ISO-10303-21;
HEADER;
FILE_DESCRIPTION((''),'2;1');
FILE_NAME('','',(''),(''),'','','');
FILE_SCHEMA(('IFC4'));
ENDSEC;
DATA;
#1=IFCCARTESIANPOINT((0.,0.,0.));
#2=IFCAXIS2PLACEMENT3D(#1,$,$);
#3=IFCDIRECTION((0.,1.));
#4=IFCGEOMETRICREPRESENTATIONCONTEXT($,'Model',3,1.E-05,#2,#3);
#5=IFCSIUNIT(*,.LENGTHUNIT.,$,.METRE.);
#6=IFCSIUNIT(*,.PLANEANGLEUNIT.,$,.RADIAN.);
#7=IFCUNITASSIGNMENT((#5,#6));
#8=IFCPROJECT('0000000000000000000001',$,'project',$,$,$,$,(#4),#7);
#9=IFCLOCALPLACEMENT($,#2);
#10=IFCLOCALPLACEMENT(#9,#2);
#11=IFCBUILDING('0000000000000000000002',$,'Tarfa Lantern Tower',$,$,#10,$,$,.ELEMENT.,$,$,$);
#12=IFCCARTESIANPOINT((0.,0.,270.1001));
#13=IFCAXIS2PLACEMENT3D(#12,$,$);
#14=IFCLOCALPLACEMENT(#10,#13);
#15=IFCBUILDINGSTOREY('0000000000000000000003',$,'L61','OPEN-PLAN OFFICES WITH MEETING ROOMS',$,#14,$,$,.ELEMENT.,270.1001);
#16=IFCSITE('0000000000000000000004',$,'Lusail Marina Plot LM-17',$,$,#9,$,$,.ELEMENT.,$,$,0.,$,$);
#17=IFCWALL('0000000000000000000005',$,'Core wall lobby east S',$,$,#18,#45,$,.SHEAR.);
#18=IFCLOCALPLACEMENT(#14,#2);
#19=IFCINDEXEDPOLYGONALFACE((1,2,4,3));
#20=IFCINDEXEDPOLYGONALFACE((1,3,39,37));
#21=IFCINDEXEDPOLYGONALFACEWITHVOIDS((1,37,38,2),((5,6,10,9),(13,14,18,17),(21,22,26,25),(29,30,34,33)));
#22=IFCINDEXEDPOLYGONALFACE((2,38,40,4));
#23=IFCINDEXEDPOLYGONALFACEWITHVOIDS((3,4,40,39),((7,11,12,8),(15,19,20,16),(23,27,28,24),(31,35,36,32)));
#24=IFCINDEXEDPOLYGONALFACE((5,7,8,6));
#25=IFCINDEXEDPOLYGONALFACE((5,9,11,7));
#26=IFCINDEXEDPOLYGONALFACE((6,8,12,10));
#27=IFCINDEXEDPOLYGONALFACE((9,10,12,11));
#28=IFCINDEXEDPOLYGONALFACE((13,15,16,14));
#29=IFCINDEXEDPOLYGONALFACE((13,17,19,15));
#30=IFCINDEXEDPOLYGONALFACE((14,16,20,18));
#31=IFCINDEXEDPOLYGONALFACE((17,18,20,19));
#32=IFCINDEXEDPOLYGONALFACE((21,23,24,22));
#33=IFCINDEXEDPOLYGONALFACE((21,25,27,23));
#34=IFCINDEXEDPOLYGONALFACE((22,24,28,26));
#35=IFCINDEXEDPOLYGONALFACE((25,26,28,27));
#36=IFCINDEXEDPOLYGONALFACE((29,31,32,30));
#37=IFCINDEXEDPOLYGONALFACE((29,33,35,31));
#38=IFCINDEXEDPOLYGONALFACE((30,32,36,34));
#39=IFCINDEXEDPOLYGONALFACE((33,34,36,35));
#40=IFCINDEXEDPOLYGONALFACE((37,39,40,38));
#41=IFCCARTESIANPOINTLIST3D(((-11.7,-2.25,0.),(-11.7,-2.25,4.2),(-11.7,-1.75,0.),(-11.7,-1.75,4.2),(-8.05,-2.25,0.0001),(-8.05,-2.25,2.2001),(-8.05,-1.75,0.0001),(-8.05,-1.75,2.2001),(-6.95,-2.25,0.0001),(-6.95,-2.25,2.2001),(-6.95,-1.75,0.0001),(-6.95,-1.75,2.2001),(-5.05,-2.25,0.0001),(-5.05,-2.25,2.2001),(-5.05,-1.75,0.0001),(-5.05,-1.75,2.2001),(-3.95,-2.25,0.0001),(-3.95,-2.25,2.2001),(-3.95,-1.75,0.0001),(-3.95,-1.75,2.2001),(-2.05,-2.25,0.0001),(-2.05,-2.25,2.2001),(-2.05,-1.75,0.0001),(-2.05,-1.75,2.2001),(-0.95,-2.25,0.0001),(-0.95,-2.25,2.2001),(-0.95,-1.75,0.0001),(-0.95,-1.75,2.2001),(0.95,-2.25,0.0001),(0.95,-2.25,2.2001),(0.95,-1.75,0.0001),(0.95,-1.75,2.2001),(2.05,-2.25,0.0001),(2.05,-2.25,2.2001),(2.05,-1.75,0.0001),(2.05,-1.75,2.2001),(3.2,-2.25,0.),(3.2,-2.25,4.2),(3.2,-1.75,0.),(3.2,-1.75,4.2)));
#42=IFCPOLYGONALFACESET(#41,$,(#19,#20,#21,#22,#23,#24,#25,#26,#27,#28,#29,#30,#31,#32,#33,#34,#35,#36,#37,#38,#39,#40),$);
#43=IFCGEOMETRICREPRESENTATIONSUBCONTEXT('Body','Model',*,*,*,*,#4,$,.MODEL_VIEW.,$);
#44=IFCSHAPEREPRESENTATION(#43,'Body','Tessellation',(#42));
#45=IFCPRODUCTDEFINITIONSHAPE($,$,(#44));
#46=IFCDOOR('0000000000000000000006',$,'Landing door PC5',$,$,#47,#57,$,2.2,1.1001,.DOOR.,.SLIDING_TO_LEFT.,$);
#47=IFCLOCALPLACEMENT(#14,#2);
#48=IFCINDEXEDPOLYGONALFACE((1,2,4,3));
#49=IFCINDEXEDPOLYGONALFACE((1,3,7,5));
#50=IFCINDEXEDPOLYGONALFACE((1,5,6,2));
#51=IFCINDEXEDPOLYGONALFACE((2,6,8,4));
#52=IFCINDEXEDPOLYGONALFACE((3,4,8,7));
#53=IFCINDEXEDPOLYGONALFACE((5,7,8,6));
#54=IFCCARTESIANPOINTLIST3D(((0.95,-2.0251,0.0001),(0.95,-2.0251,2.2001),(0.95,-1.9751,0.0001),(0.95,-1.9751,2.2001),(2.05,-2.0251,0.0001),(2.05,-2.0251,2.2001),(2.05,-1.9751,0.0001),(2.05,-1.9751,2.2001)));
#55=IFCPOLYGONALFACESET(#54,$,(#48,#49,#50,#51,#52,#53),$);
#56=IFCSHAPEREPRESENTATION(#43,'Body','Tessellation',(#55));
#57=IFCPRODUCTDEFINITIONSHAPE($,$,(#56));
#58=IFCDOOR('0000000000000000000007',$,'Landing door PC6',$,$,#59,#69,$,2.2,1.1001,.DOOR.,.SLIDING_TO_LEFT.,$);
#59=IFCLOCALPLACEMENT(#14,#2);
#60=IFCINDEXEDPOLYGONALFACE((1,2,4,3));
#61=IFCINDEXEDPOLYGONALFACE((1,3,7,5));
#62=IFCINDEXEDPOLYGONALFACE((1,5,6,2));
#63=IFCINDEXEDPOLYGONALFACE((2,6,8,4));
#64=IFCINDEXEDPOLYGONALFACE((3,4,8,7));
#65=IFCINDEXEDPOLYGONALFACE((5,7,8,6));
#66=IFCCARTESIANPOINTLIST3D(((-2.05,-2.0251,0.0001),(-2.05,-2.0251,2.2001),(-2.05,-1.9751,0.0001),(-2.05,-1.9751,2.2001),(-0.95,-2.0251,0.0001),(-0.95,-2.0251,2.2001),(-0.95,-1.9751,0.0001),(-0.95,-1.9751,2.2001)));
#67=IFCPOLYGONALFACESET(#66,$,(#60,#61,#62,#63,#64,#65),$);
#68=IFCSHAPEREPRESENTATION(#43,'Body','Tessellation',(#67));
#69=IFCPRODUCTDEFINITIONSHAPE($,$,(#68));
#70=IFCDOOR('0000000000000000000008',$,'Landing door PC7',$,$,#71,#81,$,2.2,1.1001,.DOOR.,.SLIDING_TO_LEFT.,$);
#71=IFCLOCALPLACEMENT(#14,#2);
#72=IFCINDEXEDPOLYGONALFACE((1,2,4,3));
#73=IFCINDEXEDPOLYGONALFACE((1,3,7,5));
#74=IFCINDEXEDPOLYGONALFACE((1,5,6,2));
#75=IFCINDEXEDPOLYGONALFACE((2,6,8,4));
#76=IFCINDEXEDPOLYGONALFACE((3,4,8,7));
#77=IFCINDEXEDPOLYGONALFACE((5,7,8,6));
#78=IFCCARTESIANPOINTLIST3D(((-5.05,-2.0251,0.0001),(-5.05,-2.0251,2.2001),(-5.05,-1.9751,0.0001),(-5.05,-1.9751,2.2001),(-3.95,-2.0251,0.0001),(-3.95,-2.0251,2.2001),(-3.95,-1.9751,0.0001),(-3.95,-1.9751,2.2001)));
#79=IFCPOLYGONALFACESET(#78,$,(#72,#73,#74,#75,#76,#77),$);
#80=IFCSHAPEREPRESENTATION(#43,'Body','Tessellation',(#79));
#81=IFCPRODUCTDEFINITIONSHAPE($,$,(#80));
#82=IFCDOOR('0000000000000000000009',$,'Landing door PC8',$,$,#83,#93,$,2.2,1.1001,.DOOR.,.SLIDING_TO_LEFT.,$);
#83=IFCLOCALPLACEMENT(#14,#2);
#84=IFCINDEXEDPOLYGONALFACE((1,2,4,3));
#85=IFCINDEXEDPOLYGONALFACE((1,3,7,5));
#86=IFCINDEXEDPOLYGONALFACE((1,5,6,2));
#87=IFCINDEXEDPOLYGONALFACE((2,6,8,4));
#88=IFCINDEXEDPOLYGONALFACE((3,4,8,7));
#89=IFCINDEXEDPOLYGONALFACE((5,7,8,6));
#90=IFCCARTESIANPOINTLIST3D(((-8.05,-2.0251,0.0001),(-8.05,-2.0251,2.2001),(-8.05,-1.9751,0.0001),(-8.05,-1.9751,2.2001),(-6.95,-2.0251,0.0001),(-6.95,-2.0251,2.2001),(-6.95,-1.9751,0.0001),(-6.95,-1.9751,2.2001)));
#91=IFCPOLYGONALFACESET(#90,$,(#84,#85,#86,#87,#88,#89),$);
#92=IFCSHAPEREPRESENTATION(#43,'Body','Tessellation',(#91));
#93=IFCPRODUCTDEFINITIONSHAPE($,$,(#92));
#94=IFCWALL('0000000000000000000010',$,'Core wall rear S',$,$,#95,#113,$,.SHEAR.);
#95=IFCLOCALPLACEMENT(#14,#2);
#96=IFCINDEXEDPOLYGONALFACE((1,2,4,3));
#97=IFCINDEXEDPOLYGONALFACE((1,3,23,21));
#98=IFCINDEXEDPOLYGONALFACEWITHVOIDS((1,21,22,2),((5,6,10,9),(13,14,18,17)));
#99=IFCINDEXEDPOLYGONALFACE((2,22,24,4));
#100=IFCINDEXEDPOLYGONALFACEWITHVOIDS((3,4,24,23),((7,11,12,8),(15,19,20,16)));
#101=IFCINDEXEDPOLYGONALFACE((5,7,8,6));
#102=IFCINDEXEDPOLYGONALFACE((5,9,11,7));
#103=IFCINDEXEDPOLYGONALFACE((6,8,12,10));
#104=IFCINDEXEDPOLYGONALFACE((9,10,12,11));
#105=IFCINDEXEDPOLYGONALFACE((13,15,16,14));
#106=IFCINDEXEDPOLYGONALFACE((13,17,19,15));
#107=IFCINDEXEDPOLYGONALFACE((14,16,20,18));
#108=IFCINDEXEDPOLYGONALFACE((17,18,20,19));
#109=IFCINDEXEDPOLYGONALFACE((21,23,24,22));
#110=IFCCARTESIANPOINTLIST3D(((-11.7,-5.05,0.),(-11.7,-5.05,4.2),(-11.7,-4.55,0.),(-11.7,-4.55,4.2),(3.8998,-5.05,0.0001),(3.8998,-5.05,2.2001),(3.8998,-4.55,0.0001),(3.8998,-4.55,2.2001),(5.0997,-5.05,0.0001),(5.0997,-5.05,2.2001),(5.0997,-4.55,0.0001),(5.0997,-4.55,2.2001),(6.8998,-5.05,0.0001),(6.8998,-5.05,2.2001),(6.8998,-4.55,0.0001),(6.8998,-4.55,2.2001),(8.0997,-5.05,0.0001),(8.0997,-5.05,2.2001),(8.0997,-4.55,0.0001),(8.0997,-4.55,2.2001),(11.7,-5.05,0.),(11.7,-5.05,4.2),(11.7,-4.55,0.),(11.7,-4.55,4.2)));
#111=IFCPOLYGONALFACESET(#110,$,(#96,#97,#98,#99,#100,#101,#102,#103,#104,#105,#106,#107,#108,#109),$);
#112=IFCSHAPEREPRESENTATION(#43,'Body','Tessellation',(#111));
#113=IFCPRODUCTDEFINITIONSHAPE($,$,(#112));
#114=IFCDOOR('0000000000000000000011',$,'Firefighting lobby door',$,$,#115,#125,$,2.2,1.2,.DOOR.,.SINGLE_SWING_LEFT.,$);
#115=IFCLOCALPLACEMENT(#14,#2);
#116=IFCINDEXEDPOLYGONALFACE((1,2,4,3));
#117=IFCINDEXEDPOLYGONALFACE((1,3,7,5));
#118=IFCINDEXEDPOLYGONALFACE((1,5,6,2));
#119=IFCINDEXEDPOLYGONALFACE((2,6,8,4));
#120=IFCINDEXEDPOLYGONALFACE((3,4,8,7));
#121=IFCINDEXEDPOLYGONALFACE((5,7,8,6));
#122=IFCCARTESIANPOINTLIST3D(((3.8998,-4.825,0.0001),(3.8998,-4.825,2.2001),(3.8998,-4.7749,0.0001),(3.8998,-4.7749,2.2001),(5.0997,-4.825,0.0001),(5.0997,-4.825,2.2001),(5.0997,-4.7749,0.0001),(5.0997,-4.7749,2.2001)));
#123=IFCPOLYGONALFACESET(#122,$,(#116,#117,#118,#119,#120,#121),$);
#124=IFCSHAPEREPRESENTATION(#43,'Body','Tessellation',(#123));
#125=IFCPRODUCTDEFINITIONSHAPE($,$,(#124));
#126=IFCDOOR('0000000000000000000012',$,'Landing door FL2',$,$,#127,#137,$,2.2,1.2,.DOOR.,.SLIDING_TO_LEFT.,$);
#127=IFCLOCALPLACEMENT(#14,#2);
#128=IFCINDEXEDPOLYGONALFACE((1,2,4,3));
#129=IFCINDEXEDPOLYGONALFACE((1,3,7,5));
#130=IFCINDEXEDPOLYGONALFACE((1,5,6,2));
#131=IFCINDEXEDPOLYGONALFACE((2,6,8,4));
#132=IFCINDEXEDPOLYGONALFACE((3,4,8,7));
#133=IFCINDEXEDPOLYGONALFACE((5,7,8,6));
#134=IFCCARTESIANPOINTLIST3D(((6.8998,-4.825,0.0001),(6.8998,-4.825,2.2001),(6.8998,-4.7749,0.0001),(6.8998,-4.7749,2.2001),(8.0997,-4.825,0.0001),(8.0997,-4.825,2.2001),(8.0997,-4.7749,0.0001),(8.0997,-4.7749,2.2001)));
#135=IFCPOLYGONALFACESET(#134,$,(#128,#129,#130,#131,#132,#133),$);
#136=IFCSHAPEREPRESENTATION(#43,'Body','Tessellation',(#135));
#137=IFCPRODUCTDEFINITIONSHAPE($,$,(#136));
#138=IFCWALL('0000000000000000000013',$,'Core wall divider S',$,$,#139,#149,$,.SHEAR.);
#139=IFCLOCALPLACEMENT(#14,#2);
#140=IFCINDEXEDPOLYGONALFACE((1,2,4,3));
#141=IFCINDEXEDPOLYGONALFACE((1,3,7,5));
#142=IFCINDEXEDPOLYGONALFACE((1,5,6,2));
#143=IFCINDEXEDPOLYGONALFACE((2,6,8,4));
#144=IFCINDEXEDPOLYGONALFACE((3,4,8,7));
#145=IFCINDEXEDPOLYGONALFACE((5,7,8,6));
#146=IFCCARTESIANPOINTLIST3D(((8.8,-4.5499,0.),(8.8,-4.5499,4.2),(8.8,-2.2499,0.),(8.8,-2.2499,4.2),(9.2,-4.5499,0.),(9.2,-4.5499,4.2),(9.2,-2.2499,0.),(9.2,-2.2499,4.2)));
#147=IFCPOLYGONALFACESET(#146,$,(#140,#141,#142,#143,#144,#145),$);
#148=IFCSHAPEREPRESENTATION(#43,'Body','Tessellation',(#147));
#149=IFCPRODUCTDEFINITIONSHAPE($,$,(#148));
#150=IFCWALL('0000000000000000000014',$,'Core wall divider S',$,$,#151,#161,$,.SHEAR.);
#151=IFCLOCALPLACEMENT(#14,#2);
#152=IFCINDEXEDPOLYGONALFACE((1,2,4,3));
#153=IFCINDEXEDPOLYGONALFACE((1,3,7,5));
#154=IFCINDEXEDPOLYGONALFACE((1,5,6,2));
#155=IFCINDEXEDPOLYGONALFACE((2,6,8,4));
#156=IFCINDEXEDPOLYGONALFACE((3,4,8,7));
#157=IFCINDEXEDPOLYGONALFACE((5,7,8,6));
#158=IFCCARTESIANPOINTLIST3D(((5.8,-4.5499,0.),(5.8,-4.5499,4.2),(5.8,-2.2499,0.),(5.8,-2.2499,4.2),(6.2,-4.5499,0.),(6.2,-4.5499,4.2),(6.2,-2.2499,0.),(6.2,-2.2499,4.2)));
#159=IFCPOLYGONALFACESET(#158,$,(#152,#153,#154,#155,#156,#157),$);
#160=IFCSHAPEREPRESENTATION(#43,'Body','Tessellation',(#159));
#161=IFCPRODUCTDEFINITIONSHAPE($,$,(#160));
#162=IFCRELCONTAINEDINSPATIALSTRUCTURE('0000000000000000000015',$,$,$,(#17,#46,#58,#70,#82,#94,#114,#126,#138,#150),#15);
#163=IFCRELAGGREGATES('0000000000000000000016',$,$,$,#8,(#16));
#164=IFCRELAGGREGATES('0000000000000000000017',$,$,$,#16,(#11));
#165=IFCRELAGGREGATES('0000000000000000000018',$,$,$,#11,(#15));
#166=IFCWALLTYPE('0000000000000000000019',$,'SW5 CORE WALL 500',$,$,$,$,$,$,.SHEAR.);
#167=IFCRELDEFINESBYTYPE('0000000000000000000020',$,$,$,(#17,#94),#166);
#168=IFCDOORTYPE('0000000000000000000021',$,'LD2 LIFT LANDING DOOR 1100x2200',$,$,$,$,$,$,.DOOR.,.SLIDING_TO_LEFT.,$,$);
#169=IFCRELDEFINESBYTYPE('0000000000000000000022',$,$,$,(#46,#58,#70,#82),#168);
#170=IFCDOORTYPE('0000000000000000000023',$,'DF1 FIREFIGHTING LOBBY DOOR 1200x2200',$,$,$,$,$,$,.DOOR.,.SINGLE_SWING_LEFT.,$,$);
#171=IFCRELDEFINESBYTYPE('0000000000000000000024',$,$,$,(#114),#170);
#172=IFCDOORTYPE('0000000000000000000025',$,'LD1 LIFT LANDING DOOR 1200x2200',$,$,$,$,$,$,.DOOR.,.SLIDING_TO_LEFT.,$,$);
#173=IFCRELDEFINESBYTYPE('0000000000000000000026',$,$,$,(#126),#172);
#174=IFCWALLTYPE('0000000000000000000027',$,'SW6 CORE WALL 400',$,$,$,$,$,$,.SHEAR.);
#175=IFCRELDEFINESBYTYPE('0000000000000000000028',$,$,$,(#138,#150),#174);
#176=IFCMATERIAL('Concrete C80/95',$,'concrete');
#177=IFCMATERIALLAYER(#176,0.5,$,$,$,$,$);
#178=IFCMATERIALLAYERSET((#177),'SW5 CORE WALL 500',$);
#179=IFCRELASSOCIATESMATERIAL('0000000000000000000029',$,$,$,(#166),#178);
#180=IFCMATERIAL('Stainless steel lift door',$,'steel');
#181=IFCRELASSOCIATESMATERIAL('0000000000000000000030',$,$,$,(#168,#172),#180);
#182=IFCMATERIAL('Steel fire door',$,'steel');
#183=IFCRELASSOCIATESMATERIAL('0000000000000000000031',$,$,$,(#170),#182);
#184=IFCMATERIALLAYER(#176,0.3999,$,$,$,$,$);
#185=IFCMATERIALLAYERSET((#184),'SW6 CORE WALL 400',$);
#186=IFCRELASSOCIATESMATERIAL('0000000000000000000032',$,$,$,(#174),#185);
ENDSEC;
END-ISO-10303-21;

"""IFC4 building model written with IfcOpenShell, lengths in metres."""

from ifc_helpers import new_model, si_unit, direction, frame, frame_2d, origin, place, context, subcontext, project, spatial, rectangle, extrude, material, layer, layer_set, type_object, element, fill, save


model = new_model("IFC4")

# Units and contexts
model_context = context("Model", 3, precision=1e-05, world=origin(), true_north=direction((0.0, 1.0)))
body_context = subcontext(model_context, "Body", "Model", "MODEL_VIEW")
ifc_project = project(units=[si_unit("LENGTHUNIT", "METRE"), si_unit("PLANEANGLEUNIT", "RADIAN")], contexts=[model_context])

# Site, building, storey
site_placement = place(None, origin())
site = spatial("IfcSite", under=ifc_project, at=site_placement, Name="Lusail Marina Plot LM-17", CompositionType="ELEMENT", RefElevation=0.0)
building_placement = place(site_placement, origin())
building = spatial("IfcBuilding", under=site, at=building_placement, Name="Tarfa Lantern Tower", CompositionType="ELEMENT")
storey_placement = place(building_placement, frame((0.0, 0.0, 270.1001)))
storey = spatial("IfcBuildingStorey", under=building, at=storey_placement, Name="L61", Description="OPEN-PLAN OFFICES WITH MEETING ROOMS", CompositionType="ELEMENT", Elevation=270.1001)

# Shared definitions
ifc_material_1 = material(Name="Concrete C80/95", Category="concrete")

# Shared definitions
ifc_material_2 = material(Name="Steel fire door", Category="steel")

# Shared definitions
ifc_layer_1 = layer(ifc_material_1, 0.5)
ifc_layer_set_1 = layer_set([ifc_layer_1], Name="SW5 CORE WALL 500")
wall_type_1 = type_object("IfcWallType", Name="SW5 CORE WALL 500", PredefinedType="SHEAR", material=ifc_layer_set_1)

# Walls, openings, doors
wall_1_placement = place(storey_placement, frame((3.2, -2.0, 0.0), z_axis=(0.0, 0.0, 1.0), x_axis=(-1.0, 0.0, 0.0)))
wall_1 = element("IfcWall", 1, at=wall_1_placement, inside=storey, type_object=wall_type_1, Name="Core wall lobby east S", PredefinedType="SHEAR", context=body_context, shape_type="SweptSolid", body=[
    extrude(rectangle(XDim=14.8999, YDim=0.5, at=frame_2d((7.45, 0.0))), origin(), (0.0, 0.0, 1.0), 4.2),
])
opening_1_placement = place(wall_1_placement, frame((1.1499, 0.0, 0.0)))
opening_1 = element("IfcOpeningElement", 2, at=opening_1_placement, cuts=wall_1, PredefinedType="OPENING", context=body_context, shape_type="SweptSolid", body=[
    extrude(rectangle(XDim=1.1001, YDim=2.2, at=frame_2d((0.55, 1.1001))), frame((0.0, 0.26, 0.0), z_axis=(0.0, -1.0, 0.0), x_axis=(1.0, 0.0, 0.0)), (0.0, 0.0, 1.0), 0.52),
])
opening_2_placement = place(wall_1_placement, frame((4.1499, 0.0, 0.0)))
opening_2 = element("IfcOpeningElement", 3, at=opening_2_placement, cuts=wall_1, PredefinedType="OPENING", context=body_context, shape_type="SweptSolid", body=[
    extrude(rectangle(XDim=1.1001, YDim=2.2, at=frame_2d((0.55, 1.1001))), frame((0.0, 0.26, 0.0), z_axis=(0.0, -1.0, 0.0), x_axis=(1.0, 0.0, 0.0)), (0.0, 0.0, 1.0), 0.52),
])
opening_3_placement = place(wall_1_placement, frame((7.1499, 0.0, 0.0)))
opening_3 = element("IfcOpeningElement", 4, at=opening_3_placement, cuts=wall_1, PredefinedType="OPENING", context=body_context, shape_type="SweptSolid", body=[
    extrude(rectangle(XDim=1.1001, YDim=2.2, at=frame_2d((0.55, 1.1001))), frame((0.0, 0.26, 0.0), z_axis=(0.0, -1.0, 0.0), x_axis=(1.0, 0.0, 0.0)), (0.0, 0.0, 1.0), 0.52),
])
opening_4_placement = place(wall_1_placement, frame((10.1499, 0.0, 0.0)))
opening_4 = element("IfcOpeningElement", 5, at=opening_4_placement, cuts=wall_1, PredefinedType="OPENING", context=body_context, shape_type="SweptSolid", body=[
    extrude(rectangle(XDim=1.1001, YDim=2.2, at=frame_2d((0.55, 1.1001))), frame((0.0, 0.26, 0.0), z_axis=(0.0, -1.0, 0.0), x_axis=(1.0, 0.0, 0.0)), (0.0, 0.0, 1.0), 0.52),
])
ifc_material_3 = material(Name="Stainless steel lift door", Category="steel")
door_type_1 = type_object("IfcDoorType", Name="LD2 LIFT LANDING DOOR 1100x2200", OperationType="SLIDING_TO_LEFT", PredefinedType="DOOR", material=ifc_material_3)
door_1_placement = place(opening_1_placement, frame((1.1001, 0.0, 0.0), z_axis=(0.0, 0.0, 1.0), x_axis=(-1.0, 0.0, 0.0)))
door_1 = element("IfcDoor", 6, at=door_1_placement, inside=storey, type_object=door_type_1, Name="Landing door PC5", OperationType="SLIDING_TO_LEFT", OverallHeight=2.2, OverallWidth=1.1001, PredefinedType="DOOR", context=body_context, shape_type="SweptSolid", body=[
    extrude(rectangle(XDim=1.1001, YDim=2.2, at=frame_2d((0.55, 1.1001))), frame((0.0, 0.0249, 0.0), z_axis=(0.0, -1.0, 0.0), x_axis=(1.0, 0.0, 0.0)), (0.0, 0.0, 1.0), 0.05),
])
fill(opening_1, door_1)
door_2_placement = place(opening_2_placement, frame((1.1001, 0.0, 0.0), z_axis=(0.0, 0.0, 1.0), x_axis=(-1.0, 0.0, 0.0)))
door_2 = element("IfcDoor", 7, at=door_2_placement, inside=storey, type_object=door_type_1, Name="Landing door PC6", OperationType="SLIDING_TO_LEFT", OverallHeight=2.2, OverallWidth=1.1001, PredefinedType="DOOR", context=body_context, shape_type="SweptSolid", body=[
    extrude(rectangle(XDim=1.1001, YDim=2.2, at=frame_2d((0.55, 1.1001))), frame((0.0, 0.0249, 0.0), z_axis=(0.0, -1.0, 0.0), x_axis=(1.0, 0.0, 0.0)), (0.0, 0.0, 1.0), 0.05),
])
fill(opening_2, door_2)
door_3_placement = place(opening_3_placement, frame((1.1001, 0.0, 0.0), z_axis=(0.0, 0.0, 1.0), x_axis=(-1.0, 0.0, 0.0)))
door_3 = element("IfcDoor", 8, at=door_3_placement, inside=storey, type_object=door_type_1, Name="Landing door PC7", OperationType="SLIDING_TO_LEFT", OverallHeight=2.2, OverallWidth=1.1001, PredefinedType="DOOR", context=body_context, shape_type="SweptSolid", body=[
    extrude(rectangle(XDim=1.1001, YDim=2.2, at=frame_2d((0.55, 1.1001))), frame((0.0, 0.0249, 0.0), z_axis=(0.0, -1.0, 0.0), x_axis=(1.0, 0.0, 0.0)), (0.0, 0.0, 1.0), 0.05),
])
fill(opening_3, door_3)
door_4_placement = place(opening_4_placement, frame((1.1001, 0.0, 0.0), z_axis=(0.0, 0.0, 1.0), x_axis=(-1.0, 0.0, 0.0)))
door_4 = element("IfcDoor", 9, at=door_4_placement, inside=storey, type_object=door_type_1, Name="Landing door PC8", OperationType="SLIDING_TO_LEFT", OverallHeight=2.2, OverallWidth=1.1001, PredefinedType="DOOR", context=body_context, shape_type="SweptSolid", body=[
    extrude(rectangle(XDim=1.1001, YDim=2.2, at=frame_2d((0.55, 1.1001))), frame((0.0, 0.0249, 0.0), z_axis=(0.0, -1.0, 0.0), x_axis=(1.0, 0.0, 0.0)), (0.0, 0.0, 1.0), 0.05),
])
fill(opening_4, door_4)
wall_2_placement = place(storey_placement, frame((11.7, -4.8, 0.0), z_axis=(0.0, 0.0, 1.0), x_axis=(-1.0, 0.0, 0.0)))
wall_2 = element("IfcWall", 10, at=wall_2_placement, inside=storey, type_object=wall_type_1, Name="Core wall rear S", PredefinedType="SHEAR", context=body_context, shape_type="SweptSolid", body=[
    extrude(rectangle(XDim=23.3999, YDim=0.5, at=frame_2d((11.7, 0.0))), origin(), (0.0, 0.0, 1.0), 4.2),
])
opening_5_placement = place(wall_2_placement, frame((6.6001, 0.0, 0.0)))
opening_5 = element("IfcOpeningElement", 11, at=opening_5_placement, cuts=wall_2, PredefinedType="OPENING", context=body_context, shape_type="SweptSolid", body=[
    extrude(rectangle(XDim=1.2, YDim=2.2, at=frame_2d((0.6001, 1.1001))), frame((0.0, 0.26, 0.0), z_axis=(0.0, -1.0, 0.0), x_axis=(1.0, 0.0, 0.0)), (0.0, 0.0, 1.0), 0.52),
])
opening_6_placement = place(wall_2_placement, frame((3.6001, 0.0, 0.0)))
opening_6 = element("IfcOpeningElement", 12, at=opening_6_placement, cuts=wall_2, PredefinedType="OPENING", context=body_context, shape_type="SweptSolid", body=[
    extrude(rectangle(XDim=1.2, YDim=2.2, at=frame_2d((0.6001, 1.1001))), frame((0.0, 0.26, 0.0), z_axis=(0.0, -1.0, 0.0), x_axis=(1.0, 0.0, 0.0)), (0.0, 0.0, 1.0), 0.52),
])
door_type_2 = type_object("IfcDoorType", Name="DF1 FIREFIGHTING LOBBY DOOR 1200x2200", OperationType="SINGLE_SWING_LEFT", PredefinedType="DOOR", material=ifc_material_2)
door_5_placement = place(opening_5_placement, origin())
door_5 = element("IfcDoor", 13, at=door_5_placement, inside=storey, type_object=door_type_2, Name="Firefighting lobby door", OperationType="SINGLE_SWING_LEFT", OverallHeight=2.2, OverallWidth=1.2, PredefinedType="DOOR", context=body_context, shape_type="SweptSolid", body=[
    extrude(rectangle(XDim=1.2, YDim=2.2, at=frame_2d((0.6001, 1.1001))), frame((0.0, 0.0249, 0.0), z_axis=(0.0, -1.0, 0.0), x_axis=(1.0, 0.0, 0.0)), (0.0, 0.0, 1.0), 0.05),
])
fill(opening_5, door_5)
door_type_3 = type_object("IfcDoorType", Name="LD1 LIFT LANDING DOOR 1200x2200", OperationType="SLIDING_TO_LEFT", PredefinedType="DOOR", material=ifc_material_3)
door_6_placement = place(opening_6_placement, origin())
door_6 = element("IfcDoor", 14, at=door_6_placement, inside=storey, type_object=door_type_3, Name="Landing door FL2", OperationType="SLIDING_TO_LEFT", OverallHeight=2.2, OverallWidth=1.2, PredefinedType="DOOR", context=body_context, shape_type="SweptSolid", body=[
    extrude(rectangle(XDim=1.2, YDim=2.2, at=frame_2d((0.6001, 1.1001))), frame((0.0, 0.0249, 0.0), z_axis=(0.0, -1.0, 0.0), x_axis=(1.0, 0.0, 0.0)), (0.0, 0.0, 1.0), 0.05),
])
fill(opening_6, door_6)

# Walls
ifc_layer_2 = layer(ifc_material_1, 0.3999)
ifc_layer_set_2 = layer_set([ifc_layer_2], Name="SW6 CORE WALL 400")
wall_type_2 = type_object("IfcWallType", Name="SW6 CORE WALL 400", PredefinedType="SHEAR", material=ifc_layer_set_2)
for number, where, z_axis, x_axis, name in (
    (15, (9.0, -2.25, 0.0), (0.0, 0.0, 1.0), (0.0, -1.0, 0.0), "Core wall divider S"),
    (16, (6.0, -2.25, 0.0), (0.0, 0.0, 1.0), (0.0, -1.0, 0.0), "Core wall divider S"),
):
    element("IfcWall", number, at=place(storey_placement, frame(where, z_axis=z_axis, x_axis=x_axis)), inside=storey, type_object=wall_type_2, Name=name, PredefinedType="SHEAR", context=body_context, shape_type="SweptSolid", body=[
        extrude(rectangle(XDim=2.3, YDim=0.3999, at=frame_2d((1.1499, 0.0))), origin(), (0.0, 0.0, 1.0), 4.2),
    ])

save(model, "model.ifc")
